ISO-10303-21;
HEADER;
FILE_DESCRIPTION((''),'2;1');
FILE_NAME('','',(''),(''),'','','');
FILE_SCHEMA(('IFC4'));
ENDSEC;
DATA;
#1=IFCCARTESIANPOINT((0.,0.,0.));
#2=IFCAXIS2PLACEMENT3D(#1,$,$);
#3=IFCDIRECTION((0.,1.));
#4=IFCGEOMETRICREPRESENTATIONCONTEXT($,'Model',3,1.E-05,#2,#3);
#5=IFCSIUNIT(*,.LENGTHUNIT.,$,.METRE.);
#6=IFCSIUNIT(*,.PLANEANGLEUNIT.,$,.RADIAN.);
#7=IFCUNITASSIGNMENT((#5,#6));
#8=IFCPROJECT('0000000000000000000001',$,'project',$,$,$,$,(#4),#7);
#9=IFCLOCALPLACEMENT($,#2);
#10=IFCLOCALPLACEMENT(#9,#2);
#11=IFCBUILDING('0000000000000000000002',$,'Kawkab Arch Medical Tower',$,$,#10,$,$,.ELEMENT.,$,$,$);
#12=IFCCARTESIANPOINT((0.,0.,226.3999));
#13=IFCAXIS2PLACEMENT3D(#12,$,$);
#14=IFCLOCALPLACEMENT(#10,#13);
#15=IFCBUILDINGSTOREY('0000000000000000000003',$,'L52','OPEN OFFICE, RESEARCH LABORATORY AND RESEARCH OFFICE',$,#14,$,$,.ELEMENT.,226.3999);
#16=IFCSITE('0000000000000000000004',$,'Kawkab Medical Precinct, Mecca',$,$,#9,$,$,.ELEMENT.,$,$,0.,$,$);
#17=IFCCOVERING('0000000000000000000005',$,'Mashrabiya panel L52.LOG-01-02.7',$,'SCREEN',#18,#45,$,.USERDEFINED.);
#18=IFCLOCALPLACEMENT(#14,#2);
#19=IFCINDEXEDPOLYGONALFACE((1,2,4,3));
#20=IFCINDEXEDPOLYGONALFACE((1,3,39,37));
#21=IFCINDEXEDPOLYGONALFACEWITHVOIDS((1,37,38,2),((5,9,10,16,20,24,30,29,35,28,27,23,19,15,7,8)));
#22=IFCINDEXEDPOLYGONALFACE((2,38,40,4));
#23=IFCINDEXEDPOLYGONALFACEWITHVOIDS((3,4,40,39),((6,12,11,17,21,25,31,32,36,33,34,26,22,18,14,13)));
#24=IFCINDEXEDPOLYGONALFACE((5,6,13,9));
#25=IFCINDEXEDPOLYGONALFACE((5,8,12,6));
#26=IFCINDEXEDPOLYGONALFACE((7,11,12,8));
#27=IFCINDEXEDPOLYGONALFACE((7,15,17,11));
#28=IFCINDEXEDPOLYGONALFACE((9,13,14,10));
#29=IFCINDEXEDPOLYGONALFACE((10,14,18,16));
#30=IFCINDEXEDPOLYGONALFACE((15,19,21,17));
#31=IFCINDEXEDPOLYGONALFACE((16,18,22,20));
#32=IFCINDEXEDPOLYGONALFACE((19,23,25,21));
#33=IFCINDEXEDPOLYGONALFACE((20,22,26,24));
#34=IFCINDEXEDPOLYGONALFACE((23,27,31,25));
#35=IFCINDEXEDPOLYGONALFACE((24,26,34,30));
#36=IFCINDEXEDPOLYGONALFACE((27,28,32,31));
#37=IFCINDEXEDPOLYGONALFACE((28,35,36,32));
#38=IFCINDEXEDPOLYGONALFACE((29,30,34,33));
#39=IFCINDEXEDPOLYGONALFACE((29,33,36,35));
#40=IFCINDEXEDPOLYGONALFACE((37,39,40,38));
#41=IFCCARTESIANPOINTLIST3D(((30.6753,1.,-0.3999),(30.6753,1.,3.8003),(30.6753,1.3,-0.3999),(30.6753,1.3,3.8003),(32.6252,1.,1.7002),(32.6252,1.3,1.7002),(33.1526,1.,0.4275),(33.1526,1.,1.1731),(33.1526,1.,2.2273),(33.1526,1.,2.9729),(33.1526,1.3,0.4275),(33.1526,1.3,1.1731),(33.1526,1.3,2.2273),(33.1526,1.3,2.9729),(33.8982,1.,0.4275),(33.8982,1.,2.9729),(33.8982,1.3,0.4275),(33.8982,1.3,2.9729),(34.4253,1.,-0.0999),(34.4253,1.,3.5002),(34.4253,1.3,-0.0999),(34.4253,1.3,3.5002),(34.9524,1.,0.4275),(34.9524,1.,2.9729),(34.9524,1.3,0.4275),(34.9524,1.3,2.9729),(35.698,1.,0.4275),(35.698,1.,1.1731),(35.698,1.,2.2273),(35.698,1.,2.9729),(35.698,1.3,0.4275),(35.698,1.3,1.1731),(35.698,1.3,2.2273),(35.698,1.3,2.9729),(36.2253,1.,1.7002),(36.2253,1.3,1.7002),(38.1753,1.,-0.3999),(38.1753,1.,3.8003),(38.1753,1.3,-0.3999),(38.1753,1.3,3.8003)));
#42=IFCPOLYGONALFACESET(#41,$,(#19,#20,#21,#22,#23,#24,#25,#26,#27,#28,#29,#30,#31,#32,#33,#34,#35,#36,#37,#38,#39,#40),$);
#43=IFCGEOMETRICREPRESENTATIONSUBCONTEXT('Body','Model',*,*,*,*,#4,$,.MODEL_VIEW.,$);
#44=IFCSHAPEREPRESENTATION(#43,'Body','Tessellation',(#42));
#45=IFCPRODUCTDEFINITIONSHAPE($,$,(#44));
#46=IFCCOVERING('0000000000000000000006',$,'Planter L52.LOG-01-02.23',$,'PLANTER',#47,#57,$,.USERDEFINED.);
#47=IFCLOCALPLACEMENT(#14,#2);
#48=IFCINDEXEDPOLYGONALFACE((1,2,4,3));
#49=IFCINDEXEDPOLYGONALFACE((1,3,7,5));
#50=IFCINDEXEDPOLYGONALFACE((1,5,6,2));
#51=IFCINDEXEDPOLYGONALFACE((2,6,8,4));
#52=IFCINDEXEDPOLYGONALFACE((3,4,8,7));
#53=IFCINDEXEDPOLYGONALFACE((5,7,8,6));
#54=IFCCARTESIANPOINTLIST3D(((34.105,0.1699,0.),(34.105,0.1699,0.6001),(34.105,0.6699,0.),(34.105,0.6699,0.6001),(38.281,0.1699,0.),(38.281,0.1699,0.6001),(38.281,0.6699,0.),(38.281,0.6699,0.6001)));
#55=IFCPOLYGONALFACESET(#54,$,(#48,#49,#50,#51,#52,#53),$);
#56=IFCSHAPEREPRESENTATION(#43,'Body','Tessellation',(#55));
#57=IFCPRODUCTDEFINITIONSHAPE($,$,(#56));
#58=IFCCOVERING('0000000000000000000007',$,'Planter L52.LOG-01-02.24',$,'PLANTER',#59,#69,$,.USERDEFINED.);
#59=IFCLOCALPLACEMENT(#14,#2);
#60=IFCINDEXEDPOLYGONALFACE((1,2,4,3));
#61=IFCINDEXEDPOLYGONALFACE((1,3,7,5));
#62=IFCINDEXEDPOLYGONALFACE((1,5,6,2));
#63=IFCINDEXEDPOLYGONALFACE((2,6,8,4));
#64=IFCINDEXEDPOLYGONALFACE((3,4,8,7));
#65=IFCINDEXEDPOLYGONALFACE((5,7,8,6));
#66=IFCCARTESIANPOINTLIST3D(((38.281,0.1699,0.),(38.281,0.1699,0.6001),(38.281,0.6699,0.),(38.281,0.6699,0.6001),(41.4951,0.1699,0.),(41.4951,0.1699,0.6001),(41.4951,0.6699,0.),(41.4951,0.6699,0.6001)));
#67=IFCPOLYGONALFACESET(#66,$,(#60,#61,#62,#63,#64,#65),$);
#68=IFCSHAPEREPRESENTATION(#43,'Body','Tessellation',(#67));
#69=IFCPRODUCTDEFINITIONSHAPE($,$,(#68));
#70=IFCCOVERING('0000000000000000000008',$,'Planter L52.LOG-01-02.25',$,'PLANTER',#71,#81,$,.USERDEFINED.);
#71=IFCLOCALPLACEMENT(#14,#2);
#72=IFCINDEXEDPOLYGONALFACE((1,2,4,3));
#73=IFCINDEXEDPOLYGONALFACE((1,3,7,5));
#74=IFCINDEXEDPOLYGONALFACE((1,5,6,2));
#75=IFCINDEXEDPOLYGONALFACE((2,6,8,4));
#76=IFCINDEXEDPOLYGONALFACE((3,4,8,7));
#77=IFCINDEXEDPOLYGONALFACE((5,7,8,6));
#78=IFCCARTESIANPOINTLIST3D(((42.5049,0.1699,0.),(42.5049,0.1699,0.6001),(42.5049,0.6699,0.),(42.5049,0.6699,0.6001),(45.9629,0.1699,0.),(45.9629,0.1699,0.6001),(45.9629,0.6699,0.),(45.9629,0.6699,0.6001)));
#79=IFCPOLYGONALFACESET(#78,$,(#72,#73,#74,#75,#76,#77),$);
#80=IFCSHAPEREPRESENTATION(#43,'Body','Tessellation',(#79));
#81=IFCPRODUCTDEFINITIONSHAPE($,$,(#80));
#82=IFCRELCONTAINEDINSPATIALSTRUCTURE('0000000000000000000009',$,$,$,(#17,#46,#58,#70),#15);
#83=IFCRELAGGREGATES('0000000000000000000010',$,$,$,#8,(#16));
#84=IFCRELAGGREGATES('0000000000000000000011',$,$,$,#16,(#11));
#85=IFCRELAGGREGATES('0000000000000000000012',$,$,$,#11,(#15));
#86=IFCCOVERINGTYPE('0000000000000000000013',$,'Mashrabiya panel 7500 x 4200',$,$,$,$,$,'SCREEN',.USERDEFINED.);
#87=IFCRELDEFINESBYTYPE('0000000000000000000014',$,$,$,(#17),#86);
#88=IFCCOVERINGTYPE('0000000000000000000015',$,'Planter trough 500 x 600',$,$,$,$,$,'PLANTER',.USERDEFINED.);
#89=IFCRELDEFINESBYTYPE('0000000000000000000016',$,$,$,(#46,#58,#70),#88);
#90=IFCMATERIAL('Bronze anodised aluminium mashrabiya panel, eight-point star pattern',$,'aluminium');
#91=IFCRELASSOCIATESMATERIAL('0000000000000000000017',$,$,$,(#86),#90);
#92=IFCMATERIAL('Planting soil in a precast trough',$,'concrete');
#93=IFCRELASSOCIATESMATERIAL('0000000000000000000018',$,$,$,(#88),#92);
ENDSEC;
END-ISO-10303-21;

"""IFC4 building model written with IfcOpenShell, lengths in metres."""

from ifc_helpers import new_model, si_unit, direction, frame, origin, origin_2d, place, context, subcontext, project, spatial, polyline, rectangle, outline, extrude, material, material_profile, profile_set, type_object, element, save


model = new_model("IFC4")

# Units and contexts
model_context = context("Model", 3, precision=1e-05, world=origin(), true_north=direction((0.0, 1.0)))
body_context = subcontext(model_context, "Body", "Model", "MODEL_VIEW")
ifc_project = project(units=[si_unit("LENGTHUNIT", "METRE"), si_unit("PLANEANGLEUNIT", "RADIAN")], contexts=[model_context])

# Site, building, storey
site_placement = place(None, origin())
site = spatial("IfcSite", under=ifc_project, at=site_placement, Name="Kawkab Medical Precinct, Mecca", CompositionType="ELEMENT", RefElevation=0.0)
building_placement = place(site_placement, origin())
building = spatial("IfcBuilding", under=site, at=building_placement, Name="Kawkab Arch Medical Tower", CompositionType="ELEMENT")
storey_placement = place(building_placement, frame((0.0, 0.0, 226.3999)))
storey = spatial("IfcBuildingStorey", under=building, at=storey_placement, Name="L52", Description="OPEN OFFICE, RESEARCH LABORATORY AND RESEARCH OFFICE", CompositionType="ELEMENT", Elevation=226.3999)

# Coverings
ifc_material_1 = material(Name="Bronze anodised aluminium mashrabiya panel, eight-point star pattern", Category="aluminium")
ifc_material_profile_1 = material_profile(ifc_material_1, outline(polyline([(-3.75, -2.1001), (3.75, -2.1001), (3.75, 2.1001), (-3.75, 2.1001), (-3.75, -2.1001)]), holes=[polyline([(1.8, 0.0), (1.2727, 0.5271), (1.2727, 1.2727), (0.5271, 1.2727), (0.0, 1.8), (-0.5271, 1.2727), (-1.2727, 1.2727), (-1.2727, 0.5271), (-1.8, 0.0), (-1.2727, -0.5271), (-1.2727, -1.2727), (-0.5271, -1.2727), (0.0, -1.8), (0.5271, -1.2727), (1.2727, -1.2727), (1.2727, -0.5271), (1.8, 0.0)])]), Name="Mashrabiya panel 7500x4200")
ifc_profile_set_1 = profile_set([ifc_material_profile_1], Name="Bronze anodised aluminium mashrabiya panel, eight-point star pattern")
covering_type_1 = type_object("IfcCoveringType", Name="Mashrabiya panel 7500 x 4200", ElementType="SCREEN", PredefinedType="USERDEFINED", material=ifc_profile_set_1)
covering_1_placement = place(storey_placement, frame((34.4253, 1.0, 1.7002), z_axis=(0.0, 1.0, 0.0), x_axis=(-1.0, 0.0, 0.0)))
element("IfcCovering", 1, at=covering_1_placement, inside=storey, type_object=covering_type_1, Name="Mashrabiya panel L52.LOG-01-02.7", ObjectType="SCREEN", PredefinedType="USERDEFINED", context=body_context, shape_type="SweptSolid", body=[
    extrude(outline(polyline([(-3.75, -2.1001), (3.75, -2.1001), (3.75, 2.1001), (-3.75, 2.1001), (-3.75, -2.1001)]), holes=[polyline([(1.8, 0.0), (1.2727, 0.5271), (1.2727, 1.2727), (0.5271, 1.2727), (0.0, 1.8), (-0.5271, 1.2727), (-1.2727, 1.2727), (-1.2727, 0.5271), (-1.8, 0.0), (-1.2727, -0.5271), (-1.2727, -1.2727), (-0.5271, -1.2727), (0.0, -1.8), (0.5271, -1.2727), (1.2727, -1.2727), (1.2727, -0.5271), (1.8, 0.0)])]), origin(), (0.0, 0.0, 1.0), 0.3),
])
ifc_material_2 = material(Name="Planting soil in a precast trough", Category="concrete")
ifc_material_profile_2 = material_profile(ifc_material_2, rectangle(XDim=0.5, YDim=0.6001, at=origin_2d()), Name="Trough 500x600")
ifc_profile_set_2 = profile_set([ifc_material_profile_2], Name="Planting soil in a precast trough")
covering_type_2 = type_object("IfcCoveringType", Name="Planter trough 500 x 600", ElementType="PLANTER", PredefinedType="USERDEFINED", material=ifc_profile_set_2)
covering_2_placement = place(storey_placement, frame((34.105, 0.4199, 0.3), z_axis=(1.0, 0.0, 0.0), x_axis=(0.0, 1.0, 0.0)))
element("IfcCovering", 2, at=covering_2_placement, inside=storey, type_object=covering_type_2, Name="Planter L52.LOG-01-02.23", ObjectType="PLANTER", PredefinedType="USERDEFINED", context=body_context, shape_type="SweptSolid", body=[
    extrude(rectangle(XDim=0.5, YDim=0.6001, at=origin_2d()), origin(), (0.0, 0.0, 1.0), 4.176),
])
covering_3_placement = place(storey_placement, frame((38.281, 0.4199, 0.3), z_axis=(1.0, 0.0, 0.0), x_axis=(0.0, 1.0, 0.0)))
element("IfcCovering", 3, at=covering_3_placement, inside=storey, type_object=covering_type_2, Name="Planter L52.LOG-01-02.24", ObjectType="PLANTER", PredefinedType="USERDEFINED", context=body_context, shape_type="SweptSolid", body=[
    extrude(rectangle(XDim=0.5, YDim=0.6001, at=origin_2d()), origin(), (0.0, 0.0, 1.0), 3.2141),
])
covering_4_placement = place(storey_placement, frame((42.5049, 0.4199, 0.3), z_axis=(1.0, 0.0, 0.0), x_axis=(0.0, 1.0, 0.0)))
element("IfcCovering", 4, at=covering_4_placement, inside=storey, type_object=covering_type_2, Name="Planter L52.LOG-01-02.25", ObjectType="PLANTER", PredefinedType="USERDEFINED", context=body_context, shape_type="SweptSolid", body=[
    extrude(rectangle(XDim=0.5, YDim=0.6001, at=origin_2d()), origin(), (0.0, 0.0, 1.0), 3.458),
])

save(model, "model.ifc")
